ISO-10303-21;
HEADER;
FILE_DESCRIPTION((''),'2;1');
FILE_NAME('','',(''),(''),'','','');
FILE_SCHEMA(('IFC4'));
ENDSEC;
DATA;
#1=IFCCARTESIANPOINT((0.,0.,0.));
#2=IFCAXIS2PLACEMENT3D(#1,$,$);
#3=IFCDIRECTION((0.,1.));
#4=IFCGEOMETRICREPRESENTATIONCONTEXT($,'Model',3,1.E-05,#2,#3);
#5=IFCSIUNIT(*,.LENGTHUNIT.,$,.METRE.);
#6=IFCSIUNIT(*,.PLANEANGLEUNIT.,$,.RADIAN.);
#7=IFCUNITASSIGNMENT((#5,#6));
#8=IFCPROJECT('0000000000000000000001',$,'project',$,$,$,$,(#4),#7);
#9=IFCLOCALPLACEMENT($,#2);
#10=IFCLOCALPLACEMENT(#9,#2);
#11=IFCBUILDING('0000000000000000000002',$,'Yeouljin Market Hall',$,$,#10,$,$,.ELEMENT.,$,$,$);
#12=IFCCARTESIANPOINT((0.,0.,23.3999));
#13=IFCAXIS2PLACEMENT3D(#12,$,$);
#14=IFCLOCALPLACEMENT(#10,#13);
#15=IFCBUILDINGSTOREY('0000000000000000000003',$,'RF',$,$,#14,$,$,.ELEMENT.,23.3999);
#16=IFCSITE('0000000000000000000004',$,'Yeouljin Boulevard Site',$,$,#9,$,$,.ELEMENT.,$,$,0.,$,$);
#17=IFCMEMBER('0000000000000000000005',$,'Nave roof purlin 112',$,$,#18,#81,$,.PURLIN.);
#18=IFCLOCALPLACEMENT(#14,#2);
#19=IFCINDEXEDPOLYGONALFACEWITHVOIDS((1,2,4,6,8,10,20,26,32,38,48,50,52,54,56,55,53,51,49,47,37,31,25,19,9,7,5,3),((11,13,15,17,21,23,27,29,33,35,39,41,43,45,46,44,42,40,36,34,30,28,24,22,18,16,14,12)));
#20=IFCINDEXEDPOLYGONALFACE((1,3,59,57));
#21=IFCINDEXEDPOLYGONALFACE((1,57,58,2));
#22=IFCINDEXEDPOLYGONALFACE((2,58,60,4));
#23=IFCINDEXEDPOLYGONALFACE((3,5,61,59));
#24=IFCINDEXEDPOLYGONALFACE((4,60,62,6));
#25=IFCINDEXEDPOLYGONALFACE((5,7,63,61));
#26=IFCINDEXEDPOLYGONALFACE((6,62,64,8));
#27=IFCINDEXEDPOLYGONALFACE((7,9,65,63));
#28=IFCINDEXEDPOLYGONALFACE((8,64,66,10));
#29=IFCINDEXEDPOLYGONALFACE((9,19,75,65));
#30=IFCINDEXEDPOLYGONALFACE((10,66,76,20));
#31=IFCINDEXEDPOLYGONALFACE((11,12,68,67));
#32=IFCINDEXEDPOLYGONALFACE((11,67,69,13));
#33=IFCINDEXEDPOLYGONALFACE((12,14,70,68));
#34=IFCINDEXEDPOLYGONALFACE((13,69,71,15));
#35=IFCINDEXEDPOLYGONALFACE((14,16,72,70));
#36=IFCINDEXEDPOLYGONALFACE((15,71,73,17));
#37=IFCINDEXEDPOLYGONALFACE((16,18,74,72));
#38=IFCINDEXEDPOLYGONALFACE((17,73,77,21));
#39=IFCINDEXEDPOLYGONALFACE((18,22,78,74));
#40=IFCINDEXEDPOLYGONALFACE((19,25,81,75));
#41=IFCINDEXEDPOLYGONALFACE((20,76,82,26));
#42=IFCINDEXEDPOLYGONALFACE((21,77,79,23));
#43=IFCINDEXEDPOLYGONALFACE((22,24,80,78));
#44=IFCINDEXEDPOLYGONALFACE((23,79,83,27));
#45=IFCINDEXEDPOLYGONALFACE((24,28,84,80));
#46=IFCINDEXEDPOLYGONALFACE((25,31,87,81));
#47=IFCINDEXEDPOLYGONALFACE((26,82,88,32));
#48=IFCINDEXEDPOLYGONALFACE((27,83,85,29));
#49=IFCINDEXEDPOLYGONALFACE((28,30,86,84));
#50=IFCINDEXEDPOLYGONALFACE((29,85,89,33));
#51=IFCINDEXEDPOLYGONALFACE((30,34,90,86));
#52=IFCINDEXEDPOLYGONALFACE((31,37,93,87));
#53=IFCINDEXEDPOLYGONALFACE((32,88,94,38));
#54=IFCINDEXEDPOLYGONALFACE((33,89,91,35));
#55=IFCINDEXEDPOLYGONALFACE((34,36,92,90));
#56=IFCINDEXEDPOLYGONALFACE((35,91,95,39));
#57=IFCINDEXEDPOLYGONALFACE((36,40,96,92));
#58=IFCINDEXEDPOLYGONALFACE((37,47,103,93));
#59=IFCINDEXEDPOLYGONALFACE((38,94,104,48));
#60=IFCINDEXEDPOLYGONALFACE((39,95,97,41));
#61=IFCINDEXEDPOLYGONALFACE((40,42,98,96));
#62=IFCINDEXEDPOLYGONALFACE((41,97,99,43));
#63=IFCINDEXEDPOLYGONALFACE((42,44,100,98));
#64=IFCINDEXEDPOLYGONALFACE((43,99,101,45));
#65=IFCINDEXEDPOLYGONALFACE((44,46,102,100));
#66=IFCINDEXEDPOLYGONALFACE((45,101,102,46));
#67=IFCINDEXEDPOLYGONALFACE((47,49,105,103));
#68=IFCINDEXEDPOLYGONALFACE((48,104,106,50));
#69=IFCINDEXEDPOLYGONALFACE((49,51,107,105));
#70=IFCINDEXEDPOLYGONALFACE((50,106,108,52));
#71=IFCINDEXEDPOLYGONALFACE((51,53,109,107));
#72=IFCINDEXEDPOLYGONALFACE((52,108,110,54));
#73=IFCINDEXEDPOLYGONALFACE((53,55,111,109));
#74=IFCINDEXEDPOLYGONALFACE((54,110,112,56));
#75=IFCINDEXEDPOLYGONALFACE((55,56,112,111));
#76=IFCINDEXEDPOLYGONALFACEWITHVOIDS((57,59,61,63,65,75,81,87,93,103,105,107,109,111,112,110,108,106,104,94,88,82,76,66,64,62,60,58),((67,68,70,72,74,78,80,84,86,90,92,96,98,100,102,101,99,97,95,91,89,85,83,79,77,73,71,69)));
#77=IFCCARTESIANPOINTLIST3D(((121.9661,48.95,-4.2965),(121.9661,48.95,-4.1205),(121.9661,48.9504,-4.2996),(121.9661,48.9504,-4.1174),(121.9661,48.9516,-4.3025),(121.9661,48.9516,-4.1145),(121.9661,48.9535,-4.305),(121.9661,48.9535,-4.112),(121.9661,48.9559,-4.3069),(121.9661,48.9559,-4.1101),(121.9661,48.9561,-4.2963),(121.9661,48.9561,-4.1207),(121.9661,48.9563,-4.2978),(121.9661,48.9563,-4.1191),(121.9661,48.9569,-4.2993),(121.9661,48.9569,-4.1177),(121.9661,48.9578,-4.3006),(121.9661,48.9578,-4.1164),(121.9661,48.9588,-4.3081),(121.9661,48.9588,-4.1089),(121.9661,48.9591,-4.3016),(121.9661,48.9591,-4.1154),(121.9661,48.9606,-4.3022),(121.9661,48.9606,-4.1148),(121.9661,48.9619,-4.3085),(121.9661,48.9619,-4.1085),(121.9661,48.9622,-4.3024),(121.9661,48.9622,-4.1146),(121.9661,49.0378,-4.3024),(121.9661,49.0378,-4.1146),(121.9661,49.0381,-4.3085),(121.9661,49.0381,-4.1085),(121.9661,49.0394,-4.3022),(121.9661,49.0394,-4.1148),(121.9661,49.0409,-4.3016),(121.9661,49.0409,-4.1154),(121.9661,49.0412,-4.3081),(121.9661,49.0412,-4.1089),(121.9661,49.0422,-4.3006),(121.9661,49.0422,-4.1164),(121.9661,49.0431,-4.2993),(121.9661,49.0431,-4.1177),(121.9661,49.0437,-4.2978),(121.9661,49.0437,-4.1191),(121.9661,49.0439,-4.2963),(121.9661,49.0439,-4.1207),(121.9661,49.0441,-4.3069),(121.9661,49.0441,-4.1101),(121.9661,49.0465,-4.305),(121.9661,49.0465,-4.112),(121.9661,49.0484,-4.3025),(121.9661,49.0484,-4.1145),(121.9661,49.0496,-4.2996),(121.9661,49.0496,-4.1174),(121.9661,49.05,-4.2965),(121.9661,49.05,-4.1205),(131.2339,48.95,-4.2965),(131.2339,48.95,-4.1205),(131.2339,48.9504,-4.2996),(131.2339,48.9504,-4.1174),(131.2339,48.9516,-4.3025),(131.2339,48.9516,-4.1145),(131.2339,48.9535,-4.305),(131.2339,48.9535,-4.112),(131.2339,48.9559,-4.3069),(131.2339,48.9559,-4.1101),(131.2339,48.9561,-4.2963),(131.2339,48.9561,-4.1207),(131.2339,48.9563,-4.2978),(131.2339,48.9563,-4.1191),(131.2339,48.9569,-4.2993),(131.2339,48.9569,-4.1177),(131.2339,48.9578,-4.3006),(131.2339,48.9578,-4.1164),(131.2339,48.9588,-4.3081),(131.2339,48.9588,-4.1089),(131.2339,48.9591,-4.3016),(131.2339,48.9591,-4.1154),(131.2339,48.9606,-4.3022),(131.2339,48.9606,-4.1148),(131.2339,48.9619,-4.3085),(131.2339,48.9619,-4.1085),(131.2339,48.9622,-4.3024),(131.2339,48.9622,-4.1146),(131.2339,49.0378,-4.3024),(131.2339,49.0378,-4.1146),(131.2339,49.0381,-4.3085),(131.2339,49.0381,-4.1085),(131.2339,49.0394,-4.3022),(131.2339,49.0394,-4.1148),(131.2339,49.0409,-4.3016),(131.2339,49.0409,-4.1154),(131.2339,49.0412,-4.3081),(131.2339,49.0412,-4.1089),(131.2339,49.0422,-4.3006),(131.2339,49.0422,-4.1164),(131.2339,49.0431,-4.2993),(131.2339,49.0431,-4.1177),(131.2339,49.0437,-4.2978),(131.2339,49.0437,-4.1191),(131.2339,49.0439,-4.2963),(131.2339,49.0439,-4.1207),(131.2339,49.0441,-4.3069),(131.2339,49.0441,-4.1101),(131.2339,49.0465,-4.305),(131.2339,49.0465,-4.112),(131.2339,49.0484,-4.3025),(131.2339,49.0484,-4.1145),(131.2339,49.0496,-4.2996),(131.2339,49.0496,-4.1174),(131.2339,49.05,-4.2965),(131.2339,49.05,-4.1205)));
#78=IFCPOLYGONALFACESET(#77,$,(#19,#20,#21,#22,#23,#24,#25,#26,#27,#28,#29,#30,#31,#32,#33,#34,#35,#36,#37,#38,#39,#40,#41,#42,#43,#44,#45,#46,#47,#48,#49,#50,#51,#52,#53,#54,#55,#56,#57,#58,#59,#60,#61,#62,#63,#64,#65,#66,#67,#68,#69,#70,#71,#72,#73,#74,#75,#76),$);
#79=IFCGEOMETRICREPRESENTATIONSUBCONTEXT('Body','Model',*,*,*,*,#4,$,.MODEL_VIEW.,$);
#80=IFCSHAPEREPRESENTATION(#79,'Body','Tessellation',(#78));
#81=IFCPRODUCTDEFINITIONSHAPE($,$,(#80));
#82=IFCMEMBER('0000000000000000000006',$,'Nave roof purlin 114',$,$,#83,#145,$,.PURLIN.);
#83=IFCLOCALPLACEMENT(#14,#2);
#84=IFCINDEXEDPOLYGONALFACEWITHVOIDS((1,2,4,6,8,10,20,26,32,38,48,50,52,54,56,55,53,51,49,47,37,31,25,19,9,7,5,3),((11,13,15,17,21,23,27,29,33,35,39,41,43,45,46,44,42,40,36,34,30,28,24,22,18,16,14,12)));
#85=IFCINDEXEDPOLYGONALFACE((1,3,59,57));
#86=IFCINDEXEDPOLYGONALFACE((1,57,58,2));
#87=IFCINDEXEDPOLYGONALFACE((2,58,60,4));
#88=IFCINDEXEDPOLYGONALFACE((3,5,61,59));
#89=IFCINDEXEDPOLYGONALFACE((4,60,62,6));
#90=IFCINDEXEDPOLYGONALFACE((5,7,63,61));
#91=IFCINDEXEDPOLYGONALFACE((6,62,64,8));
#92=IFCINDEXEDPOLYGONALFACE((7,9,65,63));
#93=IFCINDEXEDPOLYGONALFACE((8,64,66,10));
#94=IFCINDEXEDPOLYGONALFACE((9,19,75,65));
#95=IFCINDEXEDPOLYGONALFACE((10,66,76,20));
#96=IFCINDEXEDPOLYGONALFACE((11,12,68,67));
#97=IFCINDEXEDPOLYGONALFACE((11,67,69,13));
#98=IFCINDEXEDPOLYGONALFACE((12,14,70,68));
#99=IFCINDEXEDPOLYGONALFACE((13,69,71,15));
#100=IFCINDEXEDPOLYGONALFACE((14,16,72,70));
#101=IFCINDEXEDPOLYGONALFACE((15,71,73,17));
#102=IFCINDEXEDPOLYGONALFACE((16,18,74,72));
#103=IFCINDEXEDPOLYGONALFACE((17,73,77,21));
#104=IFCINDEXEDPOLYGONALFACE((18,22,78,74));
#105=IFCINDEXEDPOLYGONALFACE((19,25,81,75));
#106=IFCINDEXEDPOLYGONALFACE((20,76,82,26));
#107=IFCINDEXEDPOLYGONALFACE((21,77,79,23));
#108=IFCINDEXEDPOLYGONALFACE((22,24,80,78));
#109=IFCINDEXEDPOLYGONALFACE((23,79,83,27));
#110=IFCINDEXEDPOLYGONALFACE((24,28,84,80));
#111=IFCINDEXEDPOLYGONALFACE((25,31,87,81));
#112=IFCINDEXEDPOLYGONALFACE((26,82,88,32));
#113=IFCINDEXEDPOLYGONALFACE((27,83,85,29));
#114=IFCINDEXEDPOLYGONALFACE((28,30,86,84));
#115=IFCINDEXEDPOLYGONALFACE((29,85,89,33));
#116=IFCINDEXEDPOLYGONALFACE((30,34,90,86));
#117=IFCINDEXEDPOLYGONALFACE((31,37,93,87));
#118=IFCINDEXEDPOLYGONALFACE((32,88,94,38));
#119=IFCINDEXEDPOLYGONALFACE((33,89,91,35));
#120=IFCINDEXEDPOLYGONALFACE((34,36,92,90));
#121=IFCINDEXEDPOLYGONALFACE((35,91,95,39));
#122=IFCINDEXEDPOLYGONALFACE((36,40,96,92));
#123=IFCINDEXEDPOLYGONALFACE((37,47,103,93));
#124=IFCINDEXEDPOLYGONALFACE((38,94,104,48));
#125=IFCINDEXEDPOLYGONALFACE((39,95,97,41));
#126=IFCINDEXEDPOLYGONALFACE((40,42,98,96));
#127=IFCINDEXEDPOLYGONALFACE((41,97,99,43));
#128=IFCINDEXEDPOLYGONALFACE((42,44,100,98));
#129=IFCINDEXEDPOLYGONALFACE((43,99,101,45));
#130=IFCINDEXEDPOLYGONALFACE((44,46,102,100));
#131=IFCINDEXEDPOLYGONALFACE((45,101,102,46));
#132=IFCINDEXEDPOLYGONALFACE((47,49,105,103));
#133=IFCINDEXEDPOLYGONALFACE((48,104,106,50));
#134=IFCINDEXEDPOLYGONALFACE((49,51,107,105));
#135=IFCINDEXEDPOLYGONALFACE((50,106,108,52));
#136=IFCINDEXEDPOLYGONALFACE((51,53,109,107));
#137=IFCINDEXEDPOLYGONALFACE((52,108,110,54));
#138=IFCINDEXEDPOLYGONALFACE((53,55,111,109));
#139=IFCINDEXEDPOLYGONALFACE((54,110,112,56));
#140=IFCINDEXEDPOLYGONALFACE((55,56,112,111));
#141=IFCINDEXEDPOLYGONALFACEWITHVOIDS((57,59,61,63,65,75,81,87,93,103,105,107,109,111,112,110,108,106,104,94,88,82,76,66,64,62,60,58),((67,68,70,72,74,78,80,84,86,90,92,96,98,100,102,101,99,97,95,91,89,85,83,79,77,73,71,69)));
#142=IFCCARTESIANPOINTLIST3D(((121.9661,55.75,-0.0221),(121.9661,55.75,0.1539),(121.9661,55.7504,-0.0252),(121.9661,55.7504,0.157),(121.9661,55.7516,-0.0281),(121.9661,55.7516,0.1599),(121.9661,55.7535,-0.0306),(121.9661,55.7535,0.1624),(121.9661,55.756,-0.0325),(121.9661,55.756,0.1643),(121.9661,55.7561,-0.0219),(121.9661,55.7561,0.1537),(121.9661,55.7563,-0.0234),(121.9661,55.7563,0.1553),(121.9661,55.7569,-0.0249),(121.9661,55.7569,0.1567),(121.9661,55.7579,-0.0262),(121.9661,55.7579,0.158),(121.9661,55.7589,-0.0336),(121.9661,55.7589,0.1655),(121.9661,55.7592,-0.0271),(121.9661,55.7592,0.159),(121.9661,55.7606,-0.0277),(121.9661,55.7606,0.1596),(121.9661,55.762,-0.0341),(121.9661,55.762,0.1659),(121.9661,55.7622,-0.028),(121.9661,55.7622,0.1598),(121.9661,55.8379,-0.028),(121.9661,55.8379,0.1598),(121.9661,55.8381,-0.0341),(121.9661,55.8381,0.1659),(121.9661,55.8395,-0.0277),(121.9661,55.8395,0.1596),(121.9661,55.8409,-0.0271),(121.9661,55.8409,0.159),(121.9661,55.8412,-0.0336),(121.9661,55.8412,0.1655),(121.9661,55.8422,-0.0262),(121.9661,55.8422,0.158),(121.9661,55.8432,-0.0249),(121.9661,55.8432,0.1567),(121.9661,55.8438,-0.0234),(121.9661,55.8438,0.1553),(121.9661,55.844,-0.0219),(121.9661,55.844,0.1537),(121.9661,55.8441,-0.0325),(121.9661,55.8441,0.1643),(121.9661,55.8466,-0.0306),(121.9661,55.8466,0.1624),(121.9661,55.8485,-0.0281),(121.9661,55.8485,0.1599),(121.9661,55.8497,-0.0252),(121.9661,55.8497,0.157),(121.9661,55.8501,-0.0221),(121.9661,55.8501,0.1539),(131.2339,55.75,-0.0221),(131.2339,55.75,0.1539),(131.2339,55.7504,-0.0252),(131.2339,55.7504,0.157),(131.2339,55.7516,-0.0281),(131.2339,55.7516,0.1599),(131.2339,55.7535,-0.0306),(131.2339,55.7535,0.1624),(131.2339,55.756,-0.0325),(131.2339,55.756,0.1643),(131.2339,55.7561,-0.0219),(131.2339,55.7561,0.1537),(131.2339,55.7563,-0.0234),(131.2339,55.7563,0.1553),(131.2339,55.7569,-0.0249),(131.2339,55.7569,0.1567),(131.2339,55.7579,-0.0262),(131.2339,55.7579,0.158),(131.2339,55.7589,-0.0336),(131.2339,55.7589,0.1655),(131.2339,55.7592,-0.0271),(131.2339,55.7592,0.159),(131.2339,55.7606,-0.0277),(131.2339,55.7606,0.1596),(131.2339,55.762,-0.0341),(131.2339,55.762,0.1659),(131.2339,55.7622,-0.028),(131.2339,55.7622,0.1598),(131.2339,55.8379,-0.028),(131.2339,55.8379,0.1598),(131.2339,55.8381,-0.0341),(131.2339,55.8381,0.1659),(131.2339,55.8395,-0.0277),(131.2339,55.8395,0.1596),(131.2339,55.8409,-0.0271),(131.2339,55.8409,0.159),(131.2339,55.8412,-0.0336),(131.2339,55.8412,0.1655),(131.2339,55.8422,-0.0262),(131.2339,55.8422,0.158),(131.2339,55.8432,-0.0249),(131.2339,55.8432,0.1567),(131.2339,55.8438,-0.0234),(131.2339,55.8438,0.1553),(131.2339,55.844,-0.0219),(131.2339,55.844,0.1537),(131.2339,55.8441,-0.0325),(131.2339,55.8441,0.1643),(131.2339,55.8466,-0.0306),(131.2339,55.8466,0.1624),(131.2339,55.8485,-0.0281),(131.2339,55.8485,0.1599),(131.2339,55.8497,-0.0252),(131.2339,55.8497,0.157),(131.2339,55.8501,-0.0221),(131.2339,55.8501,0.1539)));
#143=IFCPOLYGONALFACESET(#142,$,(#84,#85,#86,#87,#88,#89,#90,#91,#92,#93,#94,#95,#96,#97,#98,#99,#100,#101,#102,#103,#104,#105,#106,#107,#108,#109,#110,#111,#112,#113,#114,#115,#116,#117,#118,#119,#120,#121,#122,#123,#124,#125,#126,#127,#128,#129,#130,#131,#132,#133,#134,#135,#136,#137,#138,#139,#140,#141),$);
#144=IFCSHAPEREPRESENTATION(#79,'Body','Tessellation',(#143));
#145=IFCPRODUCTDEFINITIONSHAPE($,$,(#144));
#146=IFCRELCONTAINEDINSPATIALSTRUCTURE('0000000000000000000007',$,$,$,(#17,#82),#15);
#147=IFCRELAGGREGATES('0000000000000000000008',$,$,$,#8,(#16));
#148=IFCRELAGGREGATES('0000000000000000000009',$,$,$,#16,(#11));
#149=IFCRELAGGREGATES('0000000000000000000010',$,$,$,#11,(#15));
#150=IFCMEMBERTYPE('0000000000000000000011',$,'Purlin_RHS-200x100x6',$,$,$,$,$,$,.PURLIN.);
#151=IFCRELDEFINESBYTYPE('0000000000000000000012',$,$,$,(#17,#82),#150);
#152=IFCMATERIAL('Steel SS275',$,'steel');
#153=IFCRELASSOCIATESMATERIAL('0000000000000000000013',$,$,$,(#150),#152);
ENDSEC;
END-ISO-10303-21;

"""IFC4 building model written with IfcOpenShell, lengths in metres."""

from ifc_helpers import new_model, si_unit, direction, frame, origin, origin_2d, place, context, subcontext, project, spatial, hollow_rectangle, extrude, material, material_profile, profile_set, type_object, element, save


model = new_model("IFC4")

# Units and contexts
model_context = context("Model", 3, precision=1e-05, world=origin(), true_north=direction((0.0, 1.0)))
body_context = subcontext(model_context, "Body", "Model", "MODEL_VIEW")
ifc_project = project(units=[si_unit("LENGTHUNIT", "METRE"), si_unit("PLANEANGLEUNIT", "RADIAN")], contexts=[model_context])

# Site, building, storey
site_placement = place(None, origin())
site = spatial("IfcSite", under=ifc_project, at=site_placement, Name="Yeouljin Boulevard Site", CompositionType="ELEMENT", RefElevation=0.0)
building_placement = place(site_placement, origin())
building = spatial("IfcBuilding", under=site, at=building_placement, Name="Yeouljin Market Hall", CompositionType="ELEMENT")
storey_placement = place(building_placement, frame((0.0, 0.0, 23.3999)))
storey = spatial("IfcBuildingStorey", under=building, at=storey_placement, Name="RF", CompositionType="ELEMENT", Elevation=23.3999)

# Members
ifc_material_1 = material(Name="Steel SS275", Category="steel")
ifc_material_profile_1 = material_profile(ifc_material_1, hollow_rectangle(XDim=0.1001, YDim=0.2, WallThickness=0.0061, InnerFilletRadius=0.0061, OuterFilletRadius=0.012, at=origin_2d()), Name="RHS-200x100x6")
ifc_profile_set_1 = profile_set([ifc_material_profile_1], Name="Steel SS275")
member_type_1 = type_object("IfcMemberType", Name="Purlin_RHS-200x100x6", PredefinedType="PURLIN", material=ifc_profile_set_1)
for number, where, z_axis, x_axis, name in (
    (1, (121.9661, 49.0, -4.2085), (1.0, 0.0, 0.0), (0.0, 1.0, 0.0), "Nave roof purlin 112"),
    (2, (121.9661, 55.8, 0.0659), (1.0, 0.0, 0.0), (0.0, 1.0, 0.0), "Nave roof purlin 114"),
):
    element("IfcMember", number, at=place(storey_placement, frame(where, z_axis=z_axis, x_axis=x_axis)), inside=storey, type_object=member_type_1, Name=name, PredefinedType="PURLIN", context=body_context, shape_type="SweptSolid", body=[
        extrude(hollow_rectangle(XDim=0.1001, YDim=0.2, WallThickness=0.0061, InnerFilletRadius=0.0061, OuterFilletRadius=0.012, at=origin_2d()), origin(), (0.0, 0.0, 1.0), 9.2678),
    ])

save(model, "model.ifc")
